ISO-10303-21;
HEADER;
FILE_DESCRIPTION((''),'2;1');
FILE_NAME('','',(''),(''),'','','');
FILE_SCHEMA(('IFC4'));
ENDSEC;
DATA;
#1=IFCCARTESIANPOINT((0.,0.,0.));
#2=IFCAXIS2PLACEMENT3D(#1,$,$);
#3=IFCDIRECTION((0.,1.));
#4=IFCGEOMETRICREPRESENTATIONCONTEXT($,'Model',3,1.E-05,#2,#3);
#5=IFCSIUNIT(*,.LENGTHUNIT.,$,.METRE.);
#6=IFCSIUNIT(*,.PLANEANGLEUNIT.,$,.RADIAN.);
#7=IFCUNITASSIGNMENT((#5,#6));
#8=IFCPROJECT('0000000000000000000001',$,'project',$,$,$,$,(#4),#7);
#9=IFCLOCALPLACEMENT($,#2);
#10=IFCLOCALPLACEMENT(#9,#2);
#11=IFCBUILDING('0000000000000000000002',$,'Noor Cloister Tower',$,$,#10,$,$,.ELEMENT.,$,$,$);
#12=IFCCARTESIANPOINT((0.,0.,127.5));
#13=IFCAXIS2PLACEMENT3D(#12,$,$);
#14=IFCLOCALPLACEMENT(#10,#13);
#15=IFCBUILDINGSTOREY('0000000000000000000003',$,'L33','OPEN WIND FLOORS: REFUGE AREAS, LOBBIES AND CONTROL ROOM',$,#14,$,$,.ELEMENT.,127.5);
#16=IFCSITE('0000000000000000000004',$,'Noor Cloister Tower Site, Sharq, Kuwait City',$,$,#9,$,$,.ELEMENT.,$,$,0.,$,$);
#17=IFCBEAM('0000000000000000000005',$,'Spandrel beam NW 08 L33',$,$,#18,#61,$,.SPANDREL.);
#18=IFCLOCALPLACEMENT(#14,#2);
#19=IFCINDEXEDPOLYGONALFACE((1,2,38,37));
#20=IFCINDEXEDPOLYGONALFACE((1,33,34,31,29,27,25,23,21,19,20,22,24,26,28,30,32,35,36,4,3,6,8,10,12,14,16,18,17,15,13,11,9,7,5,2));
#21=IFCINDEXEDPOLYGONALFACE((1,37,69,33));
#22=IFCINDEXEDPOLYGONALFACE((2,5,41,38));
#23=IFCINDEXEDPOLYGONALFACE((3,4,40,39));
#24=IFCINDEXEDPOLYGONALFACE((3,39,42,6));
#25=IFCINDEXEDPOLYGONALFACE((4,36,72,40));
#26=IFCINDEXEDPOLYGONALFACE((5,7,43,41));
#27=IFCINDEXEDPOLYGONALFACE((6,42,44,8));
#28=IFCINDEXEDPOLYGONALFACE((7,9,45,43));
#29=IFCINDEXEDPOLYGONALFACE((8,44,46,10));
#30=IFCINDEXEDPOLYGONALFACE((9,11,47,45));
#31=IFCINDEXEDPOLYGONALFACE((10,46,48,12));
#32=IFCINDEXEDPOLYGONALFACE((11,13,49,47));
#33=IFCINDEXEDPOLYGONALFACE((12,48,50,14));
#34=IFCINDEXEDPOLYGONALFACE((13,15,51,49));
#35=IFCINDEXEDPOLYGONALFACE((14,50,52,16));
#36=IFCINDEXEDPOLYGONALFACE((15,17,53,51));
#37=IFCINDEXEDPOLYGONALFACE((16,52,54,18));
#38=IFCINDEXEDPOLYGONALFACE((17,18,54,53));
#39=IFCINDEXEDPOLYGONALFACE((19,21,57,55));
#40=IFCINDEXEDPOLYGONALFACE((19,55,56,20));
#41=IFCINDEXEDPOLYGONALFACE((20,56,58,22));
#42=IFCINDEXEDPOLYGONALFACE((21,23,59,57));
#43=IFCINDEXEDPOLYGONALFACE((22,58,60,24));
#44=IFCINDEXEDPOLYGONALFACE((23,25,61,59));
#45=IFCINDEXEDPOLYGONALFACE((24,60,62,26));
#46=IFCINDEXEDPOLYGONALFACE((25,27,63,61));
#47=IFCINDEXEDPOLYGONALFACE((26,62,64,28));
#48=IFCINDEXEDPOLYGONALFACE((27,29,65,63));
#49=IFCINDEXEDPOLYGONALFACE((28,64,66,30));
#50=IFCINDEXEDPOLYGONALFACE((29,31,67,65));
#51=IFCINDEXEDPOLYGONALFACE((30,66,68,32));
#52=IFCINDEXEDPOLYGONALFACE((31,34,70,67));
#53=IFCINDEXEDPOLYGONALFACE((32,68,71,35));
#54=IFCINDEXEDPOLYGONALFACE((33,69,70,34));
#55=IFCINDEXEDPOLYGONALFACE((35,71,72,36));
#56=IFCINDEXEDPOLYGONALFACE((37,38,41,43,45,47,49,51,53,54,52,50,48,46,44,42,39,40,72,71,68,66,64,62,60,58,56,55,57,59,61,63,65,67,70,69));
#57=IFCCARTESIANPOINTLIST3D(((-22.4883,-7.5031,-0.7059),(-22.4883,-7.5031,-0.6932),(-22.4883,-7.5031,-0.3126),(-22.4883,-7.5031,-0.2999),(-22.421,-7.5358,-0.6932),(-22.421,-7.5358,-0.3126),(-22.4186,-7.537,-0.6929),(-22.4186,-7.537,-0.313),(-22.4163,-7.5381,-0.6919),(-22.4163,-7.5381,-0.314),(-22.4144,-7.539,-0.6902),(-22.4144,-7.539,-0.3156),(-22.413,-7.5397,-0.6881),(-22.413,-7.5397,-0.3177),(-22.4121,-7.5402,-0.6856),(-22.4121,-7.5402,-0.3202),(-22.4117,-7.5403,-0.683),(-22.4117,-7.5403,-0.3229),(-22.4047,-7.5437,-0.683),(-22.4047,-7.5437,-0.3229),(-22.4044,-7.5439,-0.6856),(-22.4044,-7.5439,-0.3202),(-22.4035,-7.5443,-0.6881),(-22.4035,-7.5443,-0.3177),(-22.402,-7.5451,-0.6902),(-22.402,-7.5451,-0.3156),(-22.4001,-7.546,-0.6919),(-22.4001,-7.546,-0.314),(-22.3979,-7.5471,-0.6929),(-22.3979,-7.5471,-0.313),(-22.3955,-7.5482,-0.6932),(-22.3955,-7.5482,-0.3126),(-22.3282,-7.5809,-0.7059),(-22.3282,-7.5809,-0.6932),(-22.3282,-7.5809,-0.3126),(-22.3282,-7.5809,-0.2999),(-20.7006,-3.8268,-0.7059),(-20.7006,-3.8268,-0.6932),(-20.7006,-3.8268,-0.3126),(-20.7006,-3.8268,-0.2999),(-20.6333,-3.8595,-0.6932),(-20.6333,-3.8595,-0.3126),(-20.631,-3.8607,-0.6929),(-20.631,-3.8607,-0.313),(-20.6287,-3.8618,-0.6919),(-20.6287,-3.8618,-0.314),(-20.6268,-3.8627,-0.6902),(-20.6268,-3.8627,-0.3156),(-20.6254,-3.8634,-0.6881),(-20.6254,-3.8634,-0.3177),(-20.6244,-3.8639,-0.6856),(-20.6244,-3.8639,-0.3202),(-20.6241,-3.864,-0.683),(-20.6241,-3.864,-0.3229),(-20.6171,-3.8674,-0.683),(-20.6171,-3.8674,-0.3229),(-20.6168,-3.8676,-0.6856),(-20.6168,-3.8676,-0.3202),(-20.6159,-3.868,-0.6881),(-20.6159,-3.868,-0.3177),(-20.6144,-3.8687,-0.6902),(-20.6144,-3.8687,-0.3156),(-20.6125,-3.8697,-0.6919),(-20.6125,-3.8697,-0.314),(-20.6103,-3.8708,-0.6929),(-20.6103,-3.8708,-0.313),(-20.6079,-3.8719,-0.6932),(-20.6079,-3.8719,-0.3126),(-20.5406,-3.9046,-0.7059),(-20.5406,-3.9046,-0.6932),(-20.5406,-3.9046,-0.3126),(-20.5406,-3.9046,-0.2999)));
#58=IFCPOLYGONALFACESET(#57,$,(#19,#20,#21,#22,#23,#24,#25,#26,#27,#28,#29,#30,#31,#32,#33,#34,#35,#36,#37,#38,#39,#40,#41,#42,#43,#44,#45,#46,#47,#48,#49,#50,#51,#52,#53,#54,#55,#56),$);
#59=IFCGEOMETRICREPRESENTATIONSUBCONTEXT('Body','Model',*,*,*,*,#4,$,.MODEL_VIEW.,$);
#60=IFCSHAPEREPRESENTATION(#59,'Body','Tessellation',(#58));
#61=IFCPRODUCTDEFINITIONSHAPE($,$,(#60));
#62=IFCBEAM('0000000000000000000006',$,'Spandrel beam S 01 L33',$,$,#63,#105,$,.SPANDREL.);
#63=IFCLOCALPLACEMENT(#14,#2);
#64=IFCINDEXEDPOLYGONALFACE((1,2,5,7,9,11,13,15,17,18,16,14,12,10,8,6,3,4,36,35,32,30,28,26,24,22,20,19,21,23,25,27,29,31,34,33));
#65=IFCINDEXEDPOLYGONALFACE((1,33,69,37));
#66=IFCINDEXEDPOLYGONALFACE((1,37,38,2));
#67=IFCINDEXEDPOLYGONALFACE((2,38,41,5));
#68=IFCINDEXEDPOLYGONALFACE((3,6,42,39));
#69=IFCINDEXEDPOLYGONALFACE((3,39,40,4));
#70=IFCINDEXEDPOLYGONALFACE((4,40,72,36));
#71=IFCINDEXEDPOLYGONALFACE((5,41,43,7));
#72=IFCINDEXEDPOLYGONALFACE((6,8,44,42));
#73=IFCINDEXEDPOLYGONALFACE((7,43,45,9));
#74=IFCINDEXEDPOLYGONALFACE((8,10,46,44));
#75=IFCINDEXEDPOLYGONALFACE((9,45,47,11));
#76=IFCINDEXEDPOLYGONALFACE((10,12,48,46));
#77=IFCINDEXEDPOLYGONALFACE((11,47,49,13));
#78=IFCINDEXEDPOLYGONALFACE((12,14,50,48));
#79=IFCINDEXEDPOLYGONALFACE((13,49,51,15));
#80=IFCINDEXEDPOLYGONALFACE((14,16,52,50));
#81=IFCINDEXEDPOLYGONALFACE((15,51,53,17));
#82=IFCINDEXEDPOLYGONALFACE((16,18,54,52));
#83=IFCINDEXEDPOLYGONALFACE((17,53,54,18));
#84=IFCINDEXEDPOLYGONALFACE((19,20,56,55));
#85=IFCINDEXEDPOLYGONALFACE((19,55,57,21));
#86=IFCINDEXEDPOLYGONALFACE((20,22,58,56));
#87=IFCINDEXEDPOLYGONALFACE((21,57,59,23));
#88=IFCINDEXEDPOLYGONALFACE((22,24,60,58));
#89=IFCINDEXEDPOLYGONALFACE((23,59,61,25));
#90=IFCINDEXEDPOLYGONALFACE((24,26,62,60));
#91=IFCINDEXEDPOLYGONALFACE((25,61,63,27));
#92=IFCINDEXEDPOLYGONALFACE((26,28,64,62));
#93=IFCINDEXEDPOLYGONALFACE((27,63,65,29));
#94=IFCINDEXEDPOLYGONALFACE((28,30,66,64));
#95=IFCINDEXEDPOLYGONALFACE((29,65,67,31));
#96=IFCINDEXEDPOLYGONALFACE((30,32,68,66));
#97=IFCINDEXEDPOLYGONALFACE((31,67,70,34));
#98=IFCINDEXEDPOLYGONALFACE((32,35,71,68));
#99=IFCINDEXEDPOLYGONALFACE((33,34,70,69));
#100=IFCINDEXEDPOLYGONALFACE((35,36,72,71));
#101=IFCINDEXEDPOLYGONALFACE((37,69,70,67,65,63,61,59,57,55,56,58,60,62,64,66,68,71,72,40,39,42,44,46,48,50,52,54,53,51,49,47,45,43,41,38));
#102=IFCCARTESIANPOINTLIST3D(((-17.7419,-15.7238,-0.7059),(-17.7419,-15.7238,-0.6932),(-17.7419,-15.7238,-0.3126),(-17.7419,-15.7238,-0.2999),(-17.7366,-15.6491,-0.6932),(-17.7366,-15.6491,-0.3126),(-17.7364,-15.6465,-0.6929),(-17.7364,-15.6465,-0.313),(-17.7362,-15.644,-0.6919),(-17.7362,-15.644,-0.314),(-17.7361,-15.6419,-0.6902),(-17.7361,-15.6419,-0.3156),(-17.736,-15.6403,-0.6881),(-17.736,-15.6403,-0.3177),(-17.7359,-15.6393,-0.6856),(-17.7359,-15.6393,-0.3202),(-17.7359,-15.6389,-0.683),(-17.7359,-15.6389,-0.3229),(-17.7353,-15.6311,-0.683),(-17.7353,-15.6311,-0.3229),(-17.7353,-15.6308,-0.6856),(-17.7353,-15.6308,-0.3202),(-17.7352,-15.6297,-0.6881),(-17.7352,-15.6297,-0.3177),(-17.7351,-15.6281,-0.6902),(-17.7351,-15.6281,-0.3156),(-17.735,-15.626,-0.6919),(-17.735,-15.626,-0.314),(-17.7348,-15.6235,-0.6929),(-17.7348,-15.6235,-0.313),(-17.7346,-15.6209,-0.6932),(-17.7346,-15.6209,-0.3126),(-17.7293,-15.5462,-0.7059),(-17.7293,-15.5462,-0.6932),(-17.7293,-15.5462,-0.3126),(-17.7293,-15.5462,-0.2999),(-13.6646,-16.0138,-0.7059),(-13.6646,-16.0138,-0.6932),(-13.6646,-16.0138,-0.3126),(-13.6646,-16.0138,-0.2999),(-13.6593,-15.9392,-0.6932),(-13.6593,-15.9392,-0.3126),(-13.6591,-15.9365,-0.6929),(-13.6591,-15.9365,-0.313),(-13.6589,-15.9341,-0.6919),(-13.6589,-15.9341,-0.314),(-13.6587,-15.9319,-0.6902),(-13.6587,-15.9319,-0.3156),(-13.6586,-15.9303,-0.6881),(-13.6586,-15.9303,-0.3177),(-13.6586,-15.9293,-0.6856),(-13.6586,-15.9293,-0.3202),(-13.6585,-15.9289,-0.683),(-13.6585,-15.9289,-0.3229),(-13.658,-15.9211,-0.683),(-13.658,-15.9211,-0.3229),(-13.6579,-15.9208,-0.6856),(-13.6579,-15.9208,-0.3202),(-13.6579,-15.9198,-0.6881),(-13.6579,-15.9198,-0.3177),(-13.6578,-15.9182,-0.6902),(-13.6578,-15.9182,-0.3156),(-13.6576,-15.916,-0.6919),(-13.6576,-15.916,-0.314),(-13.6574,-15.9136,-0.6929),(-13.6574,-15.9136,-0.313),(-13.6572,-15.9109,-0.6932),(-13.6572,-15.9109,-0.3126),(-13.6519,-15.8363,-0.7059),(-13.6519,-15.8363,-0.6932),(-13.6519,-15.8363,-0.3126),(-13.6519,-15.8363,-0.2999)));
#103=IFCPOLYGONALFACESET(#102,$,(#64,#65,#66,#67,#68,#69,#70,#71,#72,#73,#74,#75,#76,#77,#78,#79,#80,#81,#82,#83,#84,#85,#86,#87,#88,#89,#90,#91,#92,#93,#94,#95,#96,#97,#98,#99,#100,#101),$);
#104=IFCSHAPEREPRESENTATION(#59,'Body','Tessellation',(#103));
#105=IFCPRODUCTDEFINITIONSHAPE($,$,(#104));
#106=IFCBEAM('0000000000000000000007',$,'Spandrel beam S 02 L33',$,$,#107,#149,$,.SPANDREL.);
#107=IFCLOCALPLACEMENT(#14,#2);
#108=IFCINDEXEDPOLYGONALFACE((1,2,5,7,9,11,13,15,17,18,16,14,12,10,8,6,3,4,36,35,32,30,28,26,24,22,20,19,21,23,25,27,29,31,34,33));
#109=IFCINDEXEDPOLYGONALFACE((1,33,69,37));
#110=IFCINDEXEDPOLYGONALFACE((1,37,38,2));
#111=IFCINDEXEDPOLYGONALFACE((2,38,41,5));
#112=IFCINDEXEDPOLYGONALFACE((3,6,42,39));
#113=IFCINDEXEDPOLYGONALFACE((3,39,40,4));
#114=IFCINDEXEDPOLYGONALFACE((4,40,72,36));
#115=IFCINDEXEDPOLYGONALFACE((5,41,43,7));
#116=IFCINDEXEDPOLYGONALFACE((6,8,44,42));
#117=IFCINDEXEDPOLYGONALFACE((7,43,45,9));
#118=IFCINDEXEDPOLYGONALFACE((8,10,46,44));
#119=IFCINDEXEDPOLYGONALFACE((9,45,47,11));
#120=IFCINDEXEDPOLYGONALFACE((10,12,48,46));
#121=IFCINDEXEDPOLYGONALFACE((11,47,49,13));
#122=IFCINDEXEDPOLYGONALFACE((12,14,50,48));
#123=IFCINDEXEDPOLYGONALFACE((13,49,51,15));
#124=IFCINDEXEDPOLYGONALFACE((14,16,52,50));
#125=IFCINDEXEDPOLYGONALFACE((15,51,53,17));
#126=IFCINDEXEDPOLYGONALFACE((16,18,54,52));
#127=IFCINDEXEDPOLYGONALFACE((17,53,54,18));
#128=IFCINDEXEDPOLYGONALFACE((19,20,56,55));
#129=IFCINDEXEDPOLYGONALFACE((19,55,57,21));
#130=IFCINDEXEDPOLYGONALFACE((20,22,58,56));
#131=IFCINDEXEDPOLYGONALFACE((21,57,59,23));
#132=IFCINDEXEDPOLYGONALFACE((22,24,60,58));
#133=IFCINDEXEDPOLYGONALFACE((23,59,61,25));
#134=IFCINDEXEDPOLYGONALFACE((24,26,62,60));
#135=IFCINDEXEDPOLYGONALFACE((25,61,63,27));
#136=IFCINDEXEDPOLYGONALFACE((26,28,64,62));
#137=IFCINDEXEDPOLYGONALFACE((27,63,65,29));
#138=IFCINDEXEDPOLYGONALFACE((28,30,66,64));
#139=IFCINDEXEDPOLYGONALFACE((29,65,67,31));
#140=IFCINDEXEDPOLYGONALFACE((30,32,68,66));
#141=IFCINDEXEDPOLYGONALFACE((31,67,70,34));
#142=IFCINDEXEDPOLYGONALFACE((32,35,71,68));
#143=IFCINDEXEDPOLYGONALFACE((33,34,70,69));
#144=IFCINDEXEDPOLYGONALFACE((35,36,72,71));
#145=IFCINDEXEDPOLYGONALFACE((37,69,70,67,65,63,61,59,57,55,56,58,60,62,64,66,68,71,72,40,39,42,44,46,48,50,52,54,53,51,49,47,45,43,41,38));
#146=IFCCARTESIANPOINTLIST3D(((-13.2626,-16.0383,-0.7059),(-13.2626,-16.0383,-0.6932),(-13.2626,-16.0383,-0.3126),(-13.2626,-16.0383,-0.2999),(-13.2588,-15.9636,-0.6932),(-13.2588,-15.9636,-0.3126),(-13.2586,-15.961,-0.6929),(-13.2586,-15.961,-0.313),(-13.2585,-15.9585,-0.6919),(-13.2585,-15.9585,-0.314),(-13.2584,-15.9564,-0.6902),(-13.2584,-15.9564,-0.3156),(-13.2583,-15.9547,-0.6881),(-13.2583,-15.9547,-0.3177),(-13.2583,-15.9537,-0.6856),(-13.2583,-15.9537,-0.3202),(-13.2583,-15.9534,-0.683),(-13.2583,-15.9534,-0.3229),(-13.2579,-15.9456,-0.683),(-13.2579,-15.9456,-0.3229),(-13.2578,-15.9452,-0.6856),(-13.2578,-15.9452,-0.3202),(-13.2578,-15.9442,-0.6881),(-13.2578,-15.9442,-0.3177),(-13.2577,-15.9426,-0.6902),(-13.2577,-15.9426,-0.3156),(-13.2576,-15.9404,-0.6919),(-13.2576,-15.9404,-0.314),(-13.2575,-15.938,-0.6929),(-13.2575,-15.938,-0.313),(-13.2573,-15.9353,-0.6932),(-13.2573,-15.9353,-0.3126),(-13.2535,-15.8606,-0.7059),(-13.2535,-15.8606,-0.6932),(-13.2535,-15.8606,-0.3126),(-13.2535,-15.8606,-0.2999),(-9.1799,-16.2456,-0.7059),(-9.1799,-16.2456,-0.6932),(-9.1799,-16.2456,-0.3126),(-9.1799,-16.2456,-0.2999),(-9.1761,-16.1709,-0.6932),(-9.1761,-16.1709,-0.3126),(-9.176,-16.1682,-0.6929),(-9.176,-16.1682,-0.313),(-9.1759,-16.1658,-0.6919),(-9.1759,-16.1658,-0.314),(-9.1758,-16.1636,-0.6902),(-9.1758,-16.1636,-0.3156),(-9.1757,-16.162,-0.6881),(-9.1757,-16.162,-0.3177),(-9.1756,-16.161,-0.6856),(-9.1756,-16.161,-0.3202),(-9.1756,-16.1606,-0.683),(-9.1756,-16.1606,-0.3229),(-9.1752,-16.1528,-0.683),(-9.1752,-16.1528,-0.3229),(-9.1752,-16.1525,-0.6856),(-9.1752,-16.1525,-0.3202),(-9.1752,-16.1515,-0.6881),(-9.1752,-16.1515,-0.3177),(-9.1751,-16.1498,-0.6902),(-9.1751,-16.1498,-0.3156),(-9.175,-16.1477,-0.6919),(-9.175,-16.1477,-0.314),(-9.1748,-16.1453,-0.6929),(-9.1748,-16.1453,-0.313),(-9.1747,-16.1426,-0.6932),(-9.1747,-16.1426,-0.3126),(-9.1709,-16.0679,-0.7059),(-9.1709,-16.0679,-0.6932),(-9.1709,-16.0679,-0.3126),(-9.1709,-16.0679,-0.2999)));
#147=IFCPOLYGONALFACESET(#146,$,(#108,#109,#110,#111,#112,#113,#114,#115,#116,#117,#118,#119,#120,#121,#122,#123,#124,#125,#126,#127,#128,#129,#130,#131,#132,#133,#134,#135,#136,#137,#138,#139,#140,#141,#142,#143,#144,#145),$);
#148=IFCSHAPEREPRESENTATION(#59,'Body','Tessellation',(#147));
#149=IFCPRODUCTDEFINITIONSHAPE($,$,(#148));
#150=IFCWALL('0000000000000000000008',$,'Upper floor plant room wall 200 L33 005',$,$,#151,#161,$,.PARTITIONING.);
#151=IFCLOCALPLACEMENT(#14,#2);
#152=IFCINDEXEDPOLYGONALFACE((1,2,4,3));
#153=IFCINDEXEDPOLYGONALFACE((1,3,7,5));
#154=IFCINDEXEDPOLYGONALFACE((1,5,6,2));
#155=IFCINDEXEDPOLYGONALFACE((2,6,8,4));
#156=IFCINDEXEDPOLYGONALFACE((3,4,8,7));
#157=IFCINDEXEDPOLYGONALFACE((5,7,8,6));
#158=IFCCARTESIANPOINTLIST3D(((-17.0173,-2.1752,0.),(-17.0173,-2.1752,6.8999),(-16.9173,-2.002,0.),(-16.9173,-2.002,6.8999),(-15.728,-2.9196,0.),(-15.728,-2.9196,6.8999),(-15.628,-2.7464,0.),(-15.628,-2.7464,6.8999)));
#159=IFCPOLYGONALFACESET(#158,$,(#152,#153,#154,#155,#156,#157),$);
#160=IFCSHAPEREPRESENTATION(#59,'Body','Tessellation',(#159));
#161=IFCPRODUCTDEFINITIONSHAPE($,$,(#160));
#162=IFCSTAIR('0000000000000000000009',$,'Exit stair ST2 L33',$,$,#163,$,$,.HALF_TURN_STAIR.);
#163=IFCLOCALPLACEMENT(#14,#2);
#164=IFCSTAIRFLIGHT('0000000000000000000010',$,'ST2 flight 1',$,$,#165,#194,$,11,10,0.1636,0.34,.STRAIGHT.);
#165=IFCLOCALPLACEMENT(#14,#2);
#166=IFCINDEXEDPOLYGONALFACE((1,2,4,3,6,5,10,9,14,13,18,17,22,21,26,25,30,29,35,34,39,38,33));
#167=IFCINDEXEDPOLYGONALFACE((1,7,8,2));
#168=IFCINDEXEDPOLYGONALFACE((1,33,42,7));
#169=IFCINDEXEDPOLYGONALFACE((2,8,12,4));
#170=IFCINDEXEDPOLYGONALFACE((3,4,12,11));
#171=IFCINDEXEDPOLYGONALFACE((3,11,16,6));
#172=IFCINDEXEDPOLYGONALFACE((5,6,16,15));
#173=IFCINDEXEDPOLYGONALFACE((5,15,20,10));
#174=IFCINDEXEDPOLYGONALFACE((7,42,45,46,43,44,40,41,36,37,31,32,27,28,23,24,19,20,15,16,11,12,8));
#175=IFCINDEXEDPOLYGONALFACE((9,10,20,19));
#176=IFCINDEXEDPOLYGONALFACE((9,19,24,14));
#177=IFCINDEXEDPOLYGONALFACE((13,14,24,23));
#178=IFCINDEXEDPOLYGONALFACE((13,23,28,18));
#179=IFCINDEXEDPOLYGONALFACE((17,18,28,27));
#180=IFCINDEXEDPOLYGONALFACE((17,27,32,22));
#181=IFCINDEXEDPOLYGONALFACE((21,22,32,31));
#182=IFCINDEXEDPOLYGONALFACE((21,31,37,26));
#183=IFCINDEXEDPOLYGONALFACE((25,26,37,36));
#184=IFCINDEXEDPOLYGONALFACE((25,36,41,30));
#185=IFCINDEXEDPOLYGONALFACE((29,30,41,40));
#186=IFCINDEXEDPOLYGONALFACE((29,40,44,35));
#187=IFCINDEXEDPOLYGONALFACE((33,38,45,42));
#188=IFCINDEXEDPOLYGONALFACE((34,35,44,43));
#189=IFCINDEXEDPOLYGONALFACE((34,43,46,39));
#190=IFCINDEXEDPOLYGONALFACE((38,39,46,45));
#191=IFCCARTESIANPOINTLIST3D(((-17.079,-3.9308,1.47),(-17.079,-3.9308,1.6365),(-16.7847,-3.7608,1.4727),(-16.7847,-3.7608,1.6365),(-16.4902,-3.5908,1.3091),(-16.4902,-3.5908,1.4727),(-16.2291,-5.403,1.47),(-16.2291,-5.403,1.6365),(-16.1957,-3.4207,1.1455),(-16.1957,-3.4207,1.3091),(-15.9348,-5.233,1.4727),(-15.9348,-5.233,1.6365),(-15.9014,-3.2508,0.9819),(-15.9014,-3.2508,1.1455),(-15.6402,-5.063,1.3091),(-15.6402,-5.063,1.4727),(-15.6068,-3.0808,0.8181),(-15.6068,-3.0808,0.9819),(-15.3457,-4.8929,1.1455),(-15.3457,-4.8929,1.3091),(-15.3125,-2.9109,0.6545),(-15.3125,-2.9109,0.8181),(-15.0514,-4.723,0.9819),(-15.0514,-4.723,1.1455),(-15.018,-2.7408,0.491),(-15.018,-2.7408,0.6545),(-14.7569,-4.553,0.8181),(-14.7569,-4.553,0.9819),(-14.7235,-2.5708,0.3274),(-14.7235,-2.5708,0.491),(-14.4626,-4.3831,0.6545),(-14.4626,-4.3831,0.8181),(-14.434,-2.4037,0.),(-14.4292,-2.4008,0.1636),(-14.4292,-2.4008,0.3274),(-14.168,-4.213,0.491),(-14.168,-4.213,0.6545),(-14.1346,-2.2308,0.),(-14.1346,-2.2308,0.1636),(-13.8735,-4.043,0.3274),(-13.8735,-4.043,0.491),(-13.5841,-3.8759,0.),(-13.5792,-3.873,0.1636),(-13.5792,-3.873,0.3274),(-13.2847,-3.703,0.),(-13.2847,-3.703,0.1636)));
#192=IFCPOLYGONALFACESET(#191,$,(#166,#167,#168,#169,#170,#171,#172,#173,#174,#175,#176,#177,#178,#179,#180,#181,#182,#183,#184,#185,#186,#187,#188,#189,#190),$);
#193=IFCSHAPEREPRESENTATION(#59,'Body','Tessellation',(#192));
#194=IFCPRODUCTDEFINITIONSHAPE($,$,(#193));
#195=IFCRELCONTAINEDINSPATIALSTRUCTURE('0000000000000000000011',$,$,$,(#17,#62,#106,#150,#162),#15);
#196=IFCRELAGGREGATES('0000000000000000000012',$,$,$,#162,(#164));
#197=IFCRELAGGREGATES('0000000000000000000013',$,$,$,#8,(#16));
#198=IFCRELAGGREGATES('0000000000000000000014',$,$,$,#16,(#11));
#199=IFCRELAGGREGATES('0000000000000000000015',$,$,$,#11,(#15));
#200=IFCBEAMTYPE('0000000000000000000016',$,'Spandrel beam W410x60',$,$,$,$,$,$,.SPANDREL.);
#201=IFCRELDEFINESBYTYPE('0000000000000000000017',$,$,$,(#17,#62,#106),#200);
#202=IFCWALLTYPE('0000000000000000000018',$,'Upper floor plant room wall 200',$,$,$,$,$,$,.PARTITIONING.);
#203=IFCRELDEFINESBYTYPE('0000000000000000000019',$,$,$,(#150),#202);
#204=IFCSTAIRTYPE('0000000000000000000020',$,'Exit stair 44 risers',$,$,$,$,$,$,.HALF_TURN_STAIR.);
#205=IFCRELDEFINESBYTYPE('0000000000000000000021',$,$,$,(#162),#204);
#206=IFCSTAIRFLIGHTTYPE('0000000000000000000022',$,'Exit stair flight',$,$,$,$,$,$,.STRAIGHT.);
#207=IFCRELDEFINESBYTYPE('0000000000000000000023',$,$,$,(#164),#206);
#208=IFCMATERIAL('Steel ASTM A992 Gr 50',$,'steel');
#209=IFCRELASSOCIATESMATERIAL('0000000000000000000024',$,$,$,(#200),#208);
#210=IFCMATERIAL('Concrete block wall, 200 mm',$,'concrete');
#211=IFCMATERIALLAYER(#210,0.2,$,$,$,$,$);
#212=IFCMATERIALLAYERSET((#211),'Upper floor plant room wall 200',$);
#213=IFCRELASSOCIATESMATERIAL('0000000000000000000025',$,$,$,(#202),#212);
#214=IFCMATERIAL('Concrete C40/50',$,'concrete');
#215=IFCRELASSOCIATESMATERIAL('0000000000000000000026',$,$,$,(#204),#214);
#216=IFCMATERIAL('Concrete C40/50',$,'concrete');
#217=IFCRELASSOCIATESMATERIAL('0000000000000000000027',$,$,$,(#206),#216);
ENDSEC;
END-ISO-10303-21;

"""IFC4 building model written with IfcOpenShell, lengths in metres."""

from ifc_helpers import new_model, si_unit, direction, frame, frame_2d, origin, origin_2d, place, context, subcontext, project, spatial, polyline, rectangle, i_section, outline, extrude, material, layer, layer_set, material_profile, profile_set, type_object, element, aggregate, save


model = new_model("IFC4")

# Units and contexts
model_context = context("Model", 3, precision=1e-05, world=origin(), true_north=direction((0.0, 1.0)))
body_context = subcontext(model_context, "Body", "Model", "MODEL_VIEW")
ifc_project = project(units=[si_unit("LENGTHUNIT", "METRE"), si_unit("PLANEANGLEUNIT", "RADIAN")], contexts=[model_context])

# Site, building, storey
site_placement = place(None, origin())
site = spatial("IfcSite", under=ifc_project, at=site_placement, Name="Noor Cloister Tower Site, Sharq, Kuwait City", CompositionType="ELEMENT", RefElevation=0.0)
building_placement = place(site_placement, origin())
building = spatial("IfcBuilding", under=site, at=building_placement, Name="Noor Cloister Tower", CompositionType="ELEMENT")
storey_placement = place(building_placement, frame((0.0, 0.0, 127.5)))
storey = spatial("IfcBuildingStorey", under=building, at=storey_placement, Name="L33", Description="OPEN WIND FLOORS: REFUGE AREAS, LOBBIES AND CONTROL ROOM", CompositionType="ELEMENT", Elevation=127.5)

# Beams
ifc_material_1 = material(Name="Steel ASTM A992 Gr 50", Category="steel")
ifc_material_profile_1 = material_profile(ifc_material_1, i_section(OverallWidth=0.178, OverallDepth=0.406, WebThickness=0.0078, FlangeThickness=0.0127, FilletRadius=0.0103, at=origin_2d()), Name="W410x60")
ifc_profile_set_1 = profile_set([ifc_material_profile_1], Name="Steel ASTM A992 Gr 50")
beam_type_1 = type_object("IfcBeamType", Name="Spandrel beam W410x60", PredefinedType="SPANDREL", material=ifc_profile_set_1)
beam_1_placement = place(storey_placement, frame((-20.6206, -3.8657, -0.5029), z_axis=(-0.437296, -0.899318, 0.0), x_axis=(0.899318, -0.437296, 0.0)))
element("IfcBeam", 1, at=beam_1_placement, inside=storey, type_object=beam_type_1, Name="Spandrel beam NW 08 L33", PredefinedType="SPANDREL", context=body_context, shape_type="SweptSolid", body=[
    extrude(i_section(OverallWidth=0.178, OverallDepth=0.406, WebThickness=0.0078, FlangeThickness=0.0127, FilletRadius=0.0103, at=origin_2d()), origin(), (0.0, 0.0, 1.0), 4.0879),
])
beam_2_placement = place(storey_placement, frame((-17.7356, -15.635, -0.5029), z_axis=(0.99748, -0.070954, 0.0), x_axis=(0.070954, 0.99748, 0.0)))
element("IfcBeam", 2, at=beam_2_placement, inside=storey, type_object=beam_type_1, Name="Spandrel beam S 01 L33", PredefinedType="SPANDREL", context=body_context, shape_type="SweptSolid", body=[
    extrude(i_section(OverallWidth=0.178, OverallDepth=0.406, WebThickness=0.0078, FlangeThickness=0.0127, FilletRadius=0.0103, at=origin_2d()), origin(), (0.0, 0.0, 1.0), 4.0876),
])
beam_3_placement = place(storey_placement, frame((-13.2581, -15.9495, -0.5029), z_axis=(0.998714, -0.050706, 0.0), x_axis=(0.050706, 0.998714, 0.0)))
element("IfcBeam", 3, at=beam_3_placement, inside=storey, type_object=beam_type_1, Name="Spandrel beam S 02 L33", PredefinedType="SPANDREL", context=body_context, shape_type="SweptSolid", body=[
    extrude(i_section(OverallWidth=0.178, OverallDepth=0.406, WebThickness=0.0078, FlangeThickness=0.0127, FilletRadius=0.0103, at=origin_2d()), origin(), (0.0, 0.0, 1.0), 4.0879),
])

# Wall
ifc_material_2 = material(Name="Concrete block wall, 200 mm", Category="concrete")
ifc_layer = layer(ifc_material_2, 0.2)
ifc_layer_set = layer_set([ifc_layer], Name="Upper floor plant room wall 200")
wall_type = type_object("IfcWallType", Name="Upper floor plant room wall 200", PredefinedType="PARTITIONING", material=ifc_layer_set)
wall_placement = place(storey_placement, frame((-16.9673, -2.0886, 0.0), z_axis=(0.0, 0.0, 1.0), x_axis=(0.866024, -0.500002, 0.0)))
element("IfcWall", 4, at=wall_placement, inside=storey, type_object=wall_type, Name="Upper floor plant room wall 200 L33 005", PredefinedType="PARTITIONING", context=body_context, shape_type="SweptSolid", body=[
    extrude(rectangle(XDim=1.4888, YDim=0.2, at=frame_2d((0.7444, 0.0))), origin(), (0.0, 0.0, 1.0), 6.8999),
])

# Stair, stair flight
ifc_material_3 = material(Name="Concrete C40/50", Category="concrete")
stair_type = type_object("IfcStairType", Name="Exit stair 44 risers", PredefinedType="HALF_TURN_STAIR", material=ifc_material_3)
stair_placement = place(storey_placement, origin())
stair = element("IfcStair", 5, at=stair_placement, inside=storey, type_object=stair_type, Name="Exit stair ST2 L33", PredefinedType="HALF_TURN_STAIR")
ifc_material_4 = material(Name="Concrete C40/50", Category="concrete")
stair_flight_type = type_object("IfcStairFlightType", Name="Exit stair flight", PredefinedType="STRAIGHT", material=ifc_material_4)
stair_flight_1_placement = place(storey_placement, frame((-13.7097, -2.9668, 0.0), z_axis=(0.0, 0.0, 1.0), x_axis=(-0.866025, -0.5, 0.0)))
stair_flight_1 = element("IfcStairFlight", 6, at=stair_flight_1_placement, type_object=stair_flight_type, Name="ST2 flight 1", NumberOfRisers=11, NumberOfTreads=10, PredefinedType="STRAIGHT", RiserHeight=0.1636, TreadLength=0.34, context=body_context, shape_type="SweptSolid", body=[
    extrude(outline(polyline([(0.0, 0.0), (0.0, 0.1636), (0.3401, 0.1636), (0.3401, 0.3274), (0.6799, 0.3274), (0.6799, 0.491), (1.02, 0.491), (1.02, 0.6545), (1.3601, 0.6545), (1.3601, 0.8181), (1.7, 0.8181), (1.7, 0.9819), (2.04, 0.9819), (2.04, 1.1455), (2.3799, 1.1455), (2.3799, 1.3091), (2.72, 1.3091), (2.72, 1.4727), (3.0601, 1.4727), (3.0601, 1.6365), (3.3999, 1.6365), (3.3999, 1.8), (3.3999, 1.47), (0.3457, 0.0), (0.0, 0.0)])), frame((0.0, 0.8501, 0.0), z_axis=(0.0, -1.0, 0.0), x_axis=(1.0, 0.0, 0.0)), (0.0, 0.0, 1.0), 1.7),
])
aggregate(stair, [stair_flight_1])

save(model, "model.ifc")
